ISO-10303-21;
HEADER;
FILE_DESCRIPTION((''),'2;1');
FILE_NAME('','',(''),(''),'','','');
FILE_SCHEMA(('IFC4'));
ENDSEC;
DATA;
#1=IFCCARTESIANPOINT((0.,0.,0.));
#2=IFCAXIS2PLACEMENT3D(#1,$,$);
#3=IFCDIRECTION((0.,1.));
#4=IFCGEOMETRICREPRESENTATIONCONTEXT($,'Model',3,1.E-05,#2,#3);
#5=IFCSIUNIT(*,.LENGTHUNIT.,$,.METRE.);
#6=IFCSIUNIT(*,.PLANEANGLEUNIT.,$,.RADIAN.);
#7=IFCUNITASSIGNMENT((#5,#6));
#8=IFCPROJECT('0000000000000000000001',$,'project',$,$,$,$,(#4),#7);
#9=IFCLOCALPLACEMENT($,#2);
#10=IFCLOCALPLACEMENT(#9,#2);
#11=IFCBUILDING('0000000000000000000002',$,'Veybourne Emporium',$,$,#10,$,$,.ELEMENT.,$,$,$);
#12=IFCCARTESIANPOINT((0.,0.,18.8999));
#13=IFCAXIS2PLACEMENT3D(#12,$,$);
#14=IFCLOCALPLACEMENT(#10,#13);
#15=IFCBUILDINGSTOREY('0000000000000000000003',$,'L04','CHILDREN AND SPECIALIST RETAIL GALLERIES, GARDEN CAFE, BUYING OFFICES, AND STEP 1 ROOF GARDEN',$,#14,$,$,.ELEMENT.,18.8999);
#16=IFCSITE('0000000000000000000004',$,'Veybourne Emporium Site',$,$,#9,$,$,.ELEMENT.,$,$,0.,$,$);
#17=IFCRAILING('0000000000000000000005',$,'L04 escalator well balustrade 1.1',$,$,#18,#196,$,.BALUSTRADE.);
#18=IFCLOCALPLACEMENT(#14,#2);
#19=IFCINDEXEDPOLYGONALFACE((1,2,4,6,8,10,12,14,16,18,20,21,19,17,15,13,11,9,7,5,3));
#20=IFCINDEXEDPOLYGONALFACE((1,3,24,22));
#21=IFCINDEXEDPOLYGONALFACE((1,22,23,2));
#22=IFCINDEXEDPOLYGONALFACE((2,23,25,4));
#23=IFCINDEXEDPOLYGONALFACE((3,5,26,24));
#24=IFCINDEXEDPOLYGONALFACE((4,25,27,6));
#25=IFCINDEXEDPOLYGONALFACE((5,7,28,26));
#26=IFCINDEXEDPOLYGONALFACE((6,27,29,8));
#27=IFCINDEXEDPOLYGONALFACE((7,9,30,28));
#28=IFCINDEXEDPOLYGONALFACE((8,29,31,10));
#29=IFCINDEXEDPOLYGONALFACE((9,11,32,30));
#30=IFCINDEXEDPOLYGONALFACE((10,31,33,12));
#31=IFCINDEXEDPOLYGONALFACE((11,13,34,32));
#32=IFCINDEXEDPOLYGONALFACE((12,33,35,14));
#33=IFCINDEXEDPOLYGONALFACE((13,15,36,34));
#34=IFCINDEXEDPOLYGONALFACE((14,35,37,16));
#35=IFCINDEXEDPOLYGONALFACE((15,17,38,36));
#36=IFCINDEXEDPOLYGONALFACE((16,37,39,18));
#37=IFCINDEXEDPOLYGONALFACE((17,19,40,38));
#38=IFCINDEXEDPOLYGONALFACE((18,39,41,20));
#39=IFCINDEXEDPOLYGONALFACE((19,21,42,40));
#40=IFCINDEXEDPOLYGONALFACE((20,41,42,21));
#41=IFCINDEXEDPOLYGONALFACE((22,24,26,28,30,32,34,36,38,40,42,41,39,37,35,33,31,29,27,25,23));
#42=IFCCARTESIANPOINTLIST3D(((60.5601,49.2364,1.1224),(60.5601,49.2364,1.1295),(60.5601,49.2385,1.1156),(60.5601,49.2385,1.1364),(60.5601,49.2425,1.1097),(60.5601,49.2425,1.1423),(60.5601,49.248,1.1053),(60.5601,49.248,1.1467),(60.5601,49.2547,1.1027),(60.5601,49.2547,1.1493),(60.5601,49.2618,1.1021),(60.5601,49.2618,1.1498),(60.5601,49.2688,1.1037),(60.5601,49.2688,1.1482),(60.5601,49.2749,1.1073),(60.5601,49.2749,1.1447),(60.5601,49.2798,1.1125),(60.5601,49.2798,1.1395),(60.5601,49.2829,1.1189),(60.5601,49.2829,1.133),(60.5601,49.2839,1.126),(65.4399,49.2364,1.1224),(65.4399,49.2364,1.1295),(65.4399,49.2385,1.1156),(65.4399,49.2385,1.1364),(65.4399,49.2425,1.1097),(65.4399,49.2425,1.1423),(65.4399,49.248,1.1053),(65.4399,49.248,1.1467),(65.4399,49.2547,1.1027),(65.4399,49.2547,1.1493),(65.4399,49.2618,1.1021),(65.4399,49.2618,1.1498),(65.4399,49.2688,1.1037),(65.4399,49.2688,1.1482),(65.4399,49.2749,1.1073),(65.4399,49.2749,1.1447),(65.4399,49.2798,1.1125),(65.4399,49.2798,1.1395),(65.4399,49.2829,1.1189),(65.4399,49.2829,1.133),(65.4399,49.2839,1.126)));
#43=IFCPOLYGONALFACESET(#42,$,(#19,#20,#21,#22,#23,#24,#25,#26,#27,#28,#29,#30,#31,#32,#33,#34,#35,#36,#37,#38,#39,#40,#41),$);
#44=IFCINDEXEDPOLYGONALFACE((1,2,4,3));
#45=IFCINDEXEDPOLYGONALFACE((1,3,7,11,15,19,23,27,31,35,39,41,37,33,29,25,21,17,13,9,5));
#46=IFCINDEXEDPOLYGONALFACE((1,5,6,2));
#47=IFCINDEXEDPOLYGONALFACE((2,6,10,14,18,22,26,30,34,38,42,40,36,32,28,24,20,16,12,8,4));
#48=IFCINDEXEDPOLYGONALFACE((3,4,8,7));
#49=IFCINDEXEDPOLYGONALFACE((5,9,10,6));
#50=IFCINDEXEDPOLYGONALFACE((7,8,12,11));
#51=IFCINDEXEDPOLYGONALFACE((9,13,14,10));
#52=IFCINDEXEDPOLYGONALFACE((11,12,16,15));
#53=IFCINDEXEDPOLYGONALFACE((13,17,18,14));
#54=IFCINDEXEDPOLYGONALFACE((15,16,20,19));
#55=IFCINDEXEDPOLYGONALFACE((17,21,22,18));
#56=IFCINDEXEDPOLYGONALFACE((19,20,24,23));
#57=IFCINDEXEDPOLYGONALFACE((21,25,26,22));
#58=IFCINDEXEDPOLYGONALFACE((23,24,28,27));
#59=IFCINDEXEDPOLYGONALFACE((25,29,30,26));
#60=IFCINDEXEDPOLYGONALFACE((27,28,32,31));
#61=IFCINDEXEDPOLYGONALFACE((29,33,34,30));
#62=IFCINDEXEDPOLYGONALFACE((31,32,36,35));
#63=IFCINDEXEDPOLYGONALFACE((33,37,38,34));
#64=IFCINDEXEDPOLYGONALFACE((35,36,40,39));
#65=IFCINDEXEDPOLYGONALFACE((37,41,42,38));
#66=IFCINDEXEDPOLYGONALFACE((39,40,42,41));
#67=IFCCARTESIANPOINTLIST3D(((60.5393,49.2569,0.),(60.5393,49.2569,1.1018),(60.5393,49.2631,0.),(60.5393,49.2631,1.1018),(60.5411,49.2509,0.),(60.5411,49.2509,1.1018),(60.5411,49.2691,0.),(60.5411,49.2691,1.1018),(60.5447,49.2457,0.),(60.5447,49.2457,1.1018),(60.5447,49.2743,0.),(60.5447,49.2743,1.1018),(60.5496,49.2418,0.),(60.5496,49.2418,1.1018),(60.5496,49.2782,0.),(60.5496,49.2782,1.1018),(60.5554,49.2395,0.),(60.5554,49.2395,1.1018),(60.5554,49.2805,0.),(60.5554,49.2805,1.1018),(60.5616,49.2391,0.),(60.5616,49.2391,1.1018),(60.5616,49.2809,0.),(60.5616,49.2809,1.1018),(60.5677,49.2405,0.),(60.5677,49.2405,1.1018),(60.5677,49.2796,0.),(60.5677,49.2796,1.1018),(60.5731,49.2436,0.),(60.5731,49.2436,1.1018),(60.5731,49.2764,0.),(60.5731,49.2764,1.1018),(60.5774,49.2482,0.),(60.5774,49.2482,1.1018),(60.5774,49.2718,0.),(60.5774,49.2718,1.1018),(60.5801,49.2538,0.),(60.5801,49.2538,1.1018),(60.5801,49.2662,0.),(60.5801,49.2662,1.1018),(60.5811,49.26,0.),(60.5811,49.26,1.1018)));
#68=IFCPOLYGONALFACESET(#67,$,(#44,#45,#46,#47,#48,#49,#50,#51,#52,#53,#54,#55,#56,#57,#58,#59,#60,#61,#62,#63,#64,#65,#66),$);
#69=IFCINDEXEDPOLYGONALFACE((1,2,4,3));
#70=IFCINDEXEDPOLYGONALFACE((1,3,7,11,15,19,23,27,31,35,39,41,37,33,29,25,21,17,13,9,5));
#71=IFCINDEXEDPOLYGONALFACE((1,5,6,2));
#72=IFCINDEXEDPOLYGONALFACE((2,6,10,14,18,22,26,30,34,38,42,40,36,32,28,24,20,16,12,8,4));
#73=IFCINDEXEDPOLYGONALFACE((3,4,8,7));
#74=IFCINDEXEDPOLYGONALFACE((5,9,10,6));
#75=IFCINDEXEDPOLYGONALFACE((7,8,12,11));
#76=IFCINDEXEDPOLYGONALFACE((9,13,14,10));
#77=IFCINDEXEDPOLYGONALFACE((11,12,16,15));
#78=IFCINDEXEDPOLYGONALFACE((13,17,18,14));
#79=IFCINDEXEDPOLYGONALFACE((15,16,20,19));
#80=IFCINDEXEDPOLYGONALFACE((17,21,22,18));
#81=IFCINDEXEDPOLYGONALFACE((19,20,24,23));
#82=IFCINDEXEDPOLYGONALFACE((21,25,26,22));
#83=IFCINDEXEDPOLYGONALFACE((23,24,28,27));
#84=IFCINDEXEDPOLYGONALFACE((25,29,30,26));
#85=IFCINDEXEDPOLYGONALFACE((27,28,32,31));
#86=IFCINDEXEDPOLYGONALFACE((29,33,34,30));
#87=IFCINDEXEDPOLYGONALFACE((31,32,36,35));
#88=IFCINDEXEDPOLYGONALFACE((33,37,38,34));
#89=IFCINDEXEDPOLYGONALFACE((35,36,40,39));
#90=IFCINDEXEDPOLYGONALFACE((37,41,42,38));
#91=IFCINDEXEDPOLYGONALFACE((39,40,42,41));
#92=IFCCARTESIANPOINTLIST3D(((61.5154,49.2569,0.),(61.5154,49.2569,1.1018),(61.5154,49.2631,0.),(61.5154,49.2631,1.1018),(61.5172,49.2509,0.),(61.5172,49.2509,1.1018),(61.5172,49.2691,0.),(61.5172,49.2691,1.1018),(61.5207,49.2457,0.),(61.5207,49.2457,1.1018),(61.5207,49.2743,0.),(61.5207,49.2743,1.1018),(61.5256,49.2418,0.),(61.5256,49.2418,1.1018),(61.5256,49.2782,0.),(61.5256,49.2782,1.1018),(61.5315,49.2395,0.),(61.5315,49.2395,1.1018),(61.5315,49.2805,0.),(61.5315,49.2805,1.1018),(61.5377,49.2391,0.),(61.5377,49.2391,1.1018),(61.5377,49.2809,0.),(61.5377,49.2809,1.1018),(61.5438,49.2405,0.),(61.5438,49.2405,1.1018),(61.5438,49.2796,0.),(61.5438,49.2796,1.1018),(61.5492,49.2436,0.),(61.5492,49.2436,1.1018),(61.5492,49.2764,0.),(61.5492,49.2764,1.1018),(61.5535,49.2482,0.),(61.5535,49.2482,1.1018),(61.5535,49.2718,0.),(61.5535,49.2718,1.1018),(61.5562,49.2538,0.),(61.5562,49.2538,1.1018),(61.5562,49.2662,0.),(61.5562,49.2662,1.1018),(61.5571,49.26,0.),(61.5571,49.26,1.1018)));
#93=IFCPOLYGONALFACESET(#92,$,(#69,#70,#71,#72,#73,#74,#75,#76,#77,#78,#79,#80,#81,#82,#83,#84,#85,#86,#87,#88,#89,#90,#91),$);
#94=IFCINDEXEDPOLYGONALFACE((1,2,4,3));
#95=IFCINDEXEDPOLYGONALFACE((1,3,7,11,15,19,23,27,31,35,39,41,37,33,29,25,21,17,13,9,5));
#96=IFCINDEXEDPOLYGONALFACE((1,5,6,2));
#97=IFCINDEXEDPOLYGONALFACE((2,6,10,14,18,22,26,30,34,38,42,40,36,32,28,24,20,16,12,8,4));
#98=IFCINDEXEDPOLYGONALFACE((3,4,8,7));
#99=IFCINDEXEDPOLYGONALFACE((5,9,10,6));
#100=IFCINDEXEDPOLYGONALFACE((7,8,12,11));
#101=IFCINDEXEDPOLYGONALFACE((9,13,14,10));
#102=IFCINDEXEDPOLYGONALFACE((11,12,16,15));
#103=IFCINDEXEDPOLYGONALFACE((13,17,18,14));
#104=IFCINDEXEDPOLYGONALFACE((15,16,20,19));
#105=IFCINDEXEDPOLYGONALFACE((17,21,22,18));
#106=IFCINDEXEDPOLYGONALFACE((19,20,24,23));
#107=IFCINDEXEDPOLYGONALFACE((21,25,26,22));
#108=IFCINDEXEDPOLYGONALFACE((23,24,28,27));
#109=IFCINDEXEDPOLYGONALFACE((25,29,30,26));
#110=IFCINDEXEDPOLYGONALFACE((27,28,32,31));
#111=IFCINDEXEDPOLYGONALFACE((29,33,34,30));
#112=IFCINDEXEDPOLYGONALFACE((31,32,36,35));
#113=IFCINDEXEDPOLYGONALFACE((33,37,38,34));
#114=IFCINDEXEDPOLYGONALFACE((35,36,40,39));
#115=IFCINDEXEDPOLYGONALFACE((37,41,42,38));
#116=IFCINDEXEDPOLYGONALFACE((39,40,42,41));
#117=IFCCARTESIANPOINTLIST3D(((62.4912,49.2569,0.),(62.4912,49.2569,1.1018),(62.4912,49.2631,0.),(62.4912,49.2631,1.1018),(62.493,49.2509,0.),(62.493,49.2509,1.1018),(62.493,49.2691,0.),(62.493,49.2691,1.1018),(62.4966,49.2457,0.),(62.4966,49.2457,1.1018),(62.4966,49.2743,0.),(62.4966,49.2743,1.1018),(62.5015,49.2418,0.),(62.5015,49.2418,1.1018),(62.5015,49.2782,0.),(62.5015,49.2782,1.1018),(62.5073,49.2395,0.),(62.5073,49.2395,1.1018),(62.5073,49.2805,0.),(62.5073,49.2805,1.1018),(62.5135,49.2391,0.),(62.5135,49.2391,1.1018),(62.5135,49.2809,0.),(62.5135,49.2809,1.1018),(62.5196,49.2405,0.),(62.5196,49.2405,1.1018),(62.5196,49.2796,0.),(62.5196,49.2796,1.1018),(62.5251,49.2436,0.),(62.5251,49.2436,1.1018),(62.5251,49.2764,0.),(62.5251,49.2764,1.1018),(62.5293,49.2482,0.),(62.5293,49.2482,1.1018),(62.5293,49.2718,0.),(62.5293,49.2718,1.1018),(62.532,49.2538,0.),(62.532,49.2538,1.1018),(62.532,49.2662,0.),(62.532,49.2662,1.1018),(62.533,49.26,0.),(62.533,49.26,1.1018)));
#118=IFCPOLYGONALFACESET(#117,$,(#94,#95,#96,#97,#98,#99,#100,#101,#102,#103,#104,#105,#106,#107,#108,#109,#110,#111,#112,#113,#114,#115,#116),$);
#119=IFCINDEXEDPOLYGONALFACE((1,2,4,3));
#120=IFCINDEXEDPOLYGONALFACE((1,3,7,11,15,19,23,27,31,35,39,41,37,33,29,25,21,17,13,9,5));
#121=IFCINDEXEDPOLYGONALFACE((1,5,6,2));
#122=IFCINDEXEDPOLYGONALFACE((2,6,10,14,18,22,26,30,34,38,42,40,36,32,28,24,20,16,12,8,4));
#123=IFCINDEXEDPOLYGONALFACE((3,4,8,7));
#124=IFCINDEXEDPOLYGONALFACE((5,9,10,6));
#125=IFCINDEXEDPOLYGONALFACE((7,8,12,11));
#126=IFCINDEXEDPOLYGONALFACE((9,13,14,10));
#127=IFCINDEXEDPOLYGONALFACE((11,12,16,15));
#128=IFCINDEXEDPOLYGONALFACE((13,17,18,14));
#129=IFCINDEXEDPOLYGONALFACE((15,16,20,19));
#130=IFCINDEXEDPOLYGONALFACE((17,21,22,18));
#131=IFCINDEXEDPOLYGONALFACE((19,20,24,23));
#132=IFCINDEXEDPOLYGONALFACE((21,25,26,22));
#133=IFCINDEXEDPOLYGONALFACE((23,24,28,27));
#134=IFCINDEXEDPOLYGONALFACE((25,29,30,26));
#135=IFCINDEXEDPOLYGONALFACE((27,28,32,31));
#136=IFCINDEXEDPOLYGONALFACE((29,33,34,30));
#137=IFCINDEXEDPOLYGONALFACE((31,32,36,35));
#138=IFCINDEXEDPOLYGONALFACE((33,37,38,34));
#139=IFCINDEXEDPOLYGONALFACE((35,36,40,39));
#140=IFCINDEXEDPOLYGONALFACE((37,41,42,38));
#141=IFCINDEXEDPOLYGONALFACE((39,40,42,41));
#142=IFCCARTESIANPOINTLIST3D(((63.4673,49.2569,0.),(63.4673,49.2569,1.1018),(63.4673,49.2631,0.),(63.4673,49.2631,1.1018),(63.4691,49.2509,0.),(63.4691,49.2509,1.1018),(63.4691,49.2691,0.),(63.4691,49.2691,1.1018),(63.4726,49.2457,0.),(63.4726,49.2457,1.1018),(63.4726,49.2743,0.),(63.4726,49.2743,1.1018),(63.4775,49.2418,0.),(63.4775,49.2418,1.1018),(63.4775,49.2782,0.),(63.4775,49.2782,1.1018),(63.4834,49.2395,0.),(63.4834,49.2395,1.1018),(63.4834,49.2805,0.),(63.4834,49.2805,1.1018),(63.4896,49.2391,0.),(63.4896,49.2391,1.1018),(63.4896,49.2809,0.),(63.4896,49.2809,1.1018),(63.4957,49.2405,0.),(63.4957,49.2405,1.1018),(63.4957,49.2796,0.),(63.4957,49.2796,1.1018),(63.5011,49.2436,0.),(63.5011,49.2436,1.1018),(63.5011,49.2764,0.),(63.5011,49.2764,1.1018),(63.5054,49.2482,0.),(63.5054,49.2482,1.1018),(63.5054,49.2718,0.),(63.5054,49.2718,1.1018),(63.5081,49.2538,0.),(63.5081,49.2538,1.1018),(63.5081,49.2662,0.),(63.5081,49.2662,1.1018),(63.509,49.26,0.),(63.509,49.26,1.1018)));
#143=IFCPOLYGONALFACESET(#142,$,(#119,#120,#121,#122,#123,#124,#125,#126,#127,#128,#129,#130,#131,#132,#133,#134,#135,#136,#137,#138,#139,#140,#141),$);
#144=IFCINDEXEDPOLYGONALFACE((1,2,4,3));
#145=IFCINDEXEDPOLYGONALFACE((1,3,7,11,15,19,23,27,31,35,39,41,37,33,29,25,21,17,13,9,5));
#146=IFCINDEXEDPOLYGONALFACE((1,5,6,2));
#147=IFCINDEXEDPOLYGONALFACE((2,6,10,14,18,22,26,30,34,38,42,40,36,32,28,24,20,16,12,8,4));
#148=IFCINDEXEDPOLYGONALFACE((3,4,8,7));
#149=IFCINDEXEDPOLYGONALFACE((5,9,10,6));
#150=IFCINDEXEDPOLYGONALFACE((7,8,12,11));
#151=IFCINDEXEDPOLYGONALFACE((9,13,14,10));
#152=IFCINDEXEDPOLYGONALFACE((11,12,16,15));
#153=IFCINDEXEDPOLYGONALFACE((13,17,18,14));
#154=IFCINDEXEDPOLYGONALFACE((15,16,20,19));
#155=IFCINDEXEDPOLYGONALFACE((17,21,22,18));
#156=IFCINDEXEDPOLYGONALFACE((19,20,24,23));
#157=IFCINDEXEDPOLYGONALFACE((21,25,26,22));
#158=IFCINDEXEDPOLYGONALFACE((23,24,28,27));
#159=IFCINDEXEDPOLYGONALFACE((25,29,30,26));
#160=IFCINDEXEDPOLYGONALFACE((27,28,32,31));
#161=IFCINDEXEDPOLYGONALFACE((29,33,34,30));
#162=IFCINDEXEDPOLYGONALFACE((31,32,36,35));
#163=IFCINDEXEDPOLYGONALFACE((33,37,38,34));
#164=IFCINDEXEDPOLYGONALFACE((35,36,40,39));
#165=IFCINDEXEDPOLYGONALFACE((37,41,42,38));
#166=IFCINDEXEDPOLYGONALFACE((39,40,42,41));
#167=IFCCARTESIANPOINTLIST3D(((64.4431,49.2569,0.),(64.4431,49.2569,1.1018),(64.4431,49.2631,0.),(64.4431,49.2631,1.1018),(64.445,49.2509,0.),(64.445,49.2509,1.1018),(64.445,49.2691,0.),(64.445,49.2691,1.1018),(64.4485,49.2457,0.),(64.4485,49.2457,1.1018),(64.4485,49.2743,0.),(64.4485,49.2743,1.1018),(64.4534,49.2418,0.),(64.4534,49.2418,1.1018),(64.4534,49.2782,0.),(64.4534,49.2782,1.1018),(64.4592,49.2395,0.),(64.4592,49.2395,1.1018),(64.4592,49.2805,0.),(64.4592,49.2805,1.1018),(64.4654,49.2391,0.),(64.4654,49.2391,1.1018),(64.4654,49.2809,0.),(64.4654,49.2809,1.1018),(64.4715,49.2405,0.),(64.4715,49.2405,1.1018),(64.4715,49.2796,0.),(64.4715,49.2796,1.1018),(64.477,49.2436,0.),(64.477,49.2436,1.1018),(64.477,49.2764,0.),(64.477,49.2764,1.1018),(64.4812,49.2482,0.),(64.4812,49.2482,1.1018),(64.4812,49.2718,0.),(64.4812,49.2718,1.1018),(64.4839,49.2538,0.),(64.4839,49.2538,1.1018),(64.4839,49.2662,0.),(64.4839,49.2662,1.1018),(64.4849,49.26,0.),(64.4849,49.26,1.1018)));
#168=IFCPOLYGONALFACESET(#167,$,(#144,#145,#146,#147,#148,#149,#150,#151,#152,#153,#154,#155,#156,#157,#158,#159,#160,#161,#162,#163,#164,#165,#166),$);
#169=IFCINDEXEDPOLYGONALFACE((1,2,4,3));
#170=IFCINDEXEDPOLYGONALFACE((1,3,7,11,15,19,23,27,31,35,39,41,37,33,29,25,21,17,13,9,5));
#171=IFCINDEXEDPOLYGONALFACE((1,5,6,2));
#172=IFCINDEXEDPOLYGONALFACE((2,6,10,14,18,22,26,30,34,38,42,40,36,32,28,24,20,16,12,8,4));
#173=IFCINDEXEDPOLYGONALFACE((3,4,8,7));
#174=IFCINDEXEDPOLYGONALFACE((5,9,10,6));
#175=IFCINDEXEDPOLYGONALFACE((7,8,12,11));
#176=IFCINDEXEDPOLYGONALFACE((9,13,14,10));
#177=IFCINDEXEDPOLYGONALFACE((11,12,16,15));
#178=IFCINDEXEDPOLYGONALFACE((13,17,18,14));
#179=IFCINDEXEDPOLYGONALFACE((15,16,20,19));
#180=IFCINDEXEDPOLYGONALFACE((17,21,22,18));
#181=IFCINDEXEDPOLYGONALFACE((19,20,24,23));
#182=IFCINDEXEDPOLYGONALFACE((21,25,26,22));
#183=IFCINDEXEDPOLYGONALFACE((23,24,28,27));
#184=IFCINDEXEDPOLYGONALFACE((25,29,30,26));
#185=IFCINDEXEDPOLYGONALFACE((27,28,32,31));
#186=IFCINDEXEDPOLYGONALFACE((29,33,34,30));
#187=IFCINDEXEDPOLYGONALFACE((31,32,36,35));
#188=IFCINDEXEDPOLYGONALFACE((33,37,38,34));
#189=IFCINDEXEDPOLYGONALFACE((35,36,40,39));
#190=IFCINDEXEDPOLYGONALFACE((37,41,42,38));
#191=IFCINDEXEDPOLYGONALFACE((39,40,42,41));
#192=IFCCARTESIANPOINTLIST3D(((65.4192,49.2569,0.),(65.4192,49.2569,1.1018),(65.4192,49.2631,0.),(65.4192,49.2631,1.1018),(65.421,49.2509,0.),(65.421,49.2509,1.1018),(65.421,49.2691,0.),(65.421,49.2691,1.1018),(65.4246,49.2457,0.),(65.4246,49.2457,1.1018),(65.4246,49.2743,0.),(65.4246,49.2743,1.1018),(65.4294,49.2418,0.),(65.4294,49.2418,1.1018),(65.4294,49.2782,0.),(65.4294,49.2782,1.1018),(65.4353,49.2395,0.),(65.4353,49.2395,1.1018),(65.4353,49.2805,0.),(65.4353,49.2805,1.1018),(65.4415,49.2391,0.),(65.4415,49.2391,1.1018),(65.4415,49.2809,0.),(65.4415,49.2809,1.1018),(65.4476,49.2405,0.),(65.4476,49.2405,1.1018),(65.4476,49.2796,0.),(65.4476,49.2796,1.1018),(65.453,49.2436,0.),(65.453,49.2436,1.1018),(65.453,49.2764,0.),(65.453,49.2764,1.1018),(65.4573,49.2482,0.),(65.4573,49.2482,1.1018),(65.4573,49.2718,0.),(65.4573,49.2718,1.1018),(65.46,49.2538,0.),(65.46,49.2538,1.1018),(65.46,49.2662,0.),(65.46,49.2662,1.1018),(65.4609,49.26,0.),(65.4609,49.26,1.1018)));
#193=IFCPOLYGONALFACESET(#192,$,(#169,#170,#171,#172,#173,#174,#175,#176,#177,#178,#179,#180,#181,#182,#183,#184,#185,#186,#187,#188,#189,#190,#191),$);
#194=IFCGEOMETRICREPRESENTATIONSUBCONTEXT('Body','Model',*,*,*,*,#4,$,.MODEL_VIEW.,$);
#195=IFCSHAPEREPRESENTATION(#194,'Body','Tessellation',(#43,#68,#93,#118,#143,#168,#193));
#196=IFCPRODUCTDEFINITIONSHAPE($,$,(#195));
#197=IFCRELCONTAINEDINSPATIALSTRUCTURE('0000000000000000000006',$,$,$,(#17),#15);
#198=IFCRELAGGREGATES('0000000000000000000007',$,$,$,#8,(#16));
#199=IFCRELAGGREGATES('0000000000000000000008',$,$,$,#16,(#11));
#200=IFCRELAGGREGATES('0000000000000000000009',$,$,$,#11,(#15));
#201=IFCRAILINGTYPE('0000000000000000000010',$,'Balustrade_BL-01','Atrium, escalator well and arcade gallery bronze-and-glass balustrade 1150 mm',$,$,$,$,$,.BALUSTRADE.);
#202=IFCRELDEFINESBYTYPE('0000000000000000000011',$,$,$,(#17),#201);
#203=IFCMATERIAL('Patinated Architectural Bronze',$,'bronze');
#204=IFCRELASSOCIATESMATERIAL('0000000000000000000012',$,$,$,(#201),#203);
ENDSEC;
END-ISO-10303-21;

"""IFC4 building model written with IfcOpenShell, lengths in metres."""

from ifc_helpers import new_model, si_unit, direction, frame, origin, origin_2d, place, context, subcontext, project, spatial, circle, extrude, material, type_object, element, save


model = new_model("IFC4")

# Units and contexts
model_context = context("Model", 3, precision=1e-05, world=origin(), true_north=direction((0.0, 1.0)))
body_context = subcontext(model_context, "Body", "Model", "MODEL_VIEW")
ifc_project = project(units=[si_unit("LENGTHUNIT", "METRE"), si_unit("PLANEANGLEUNIT", "RADIAN")], contexts=[model_context])

# Site, building, storey
site_placement = place(None, origin())
site = spatial("IfcSite", under=ifc_project, at=site_placement, Name="Veybourne Emporium Site", CompositionType="ELEMENT", RefElevation=0.0)
building_placement = place(site_placement, origin())
building = spatial("IfcBuilding", under=site, at=building_placement, Name="Veybourne Emporium", CompositionType="ELEMENT")
storey_placement = place(building_placement, frame((0.0, 0.0, 18.8999)))
storey = spatial("IfcBuildingStorey", under=building, at=storey_placement, Name="L04", Description="CHILDREN AND SPECIALIST RETAIL GALLERIES, GARDEN CAFE, BUYING OFFICES, AND STEP 1 ROOF GARDEN", CompositionType="ELEMENT", Elevation=18.8999)

# Shared definitions
ifc_material_1 = material(Name="Patinated Architectural Bronze", Category="bronze")

# Railing
railing_type = type_object("IfcRailingType", Name="Balustrade_BL-01", Description="Atrium, escalator well and arcade gallery bronze-and-glass balustrade 1150 mm", PredefinedType="BALUSTRADE", material=ifc_material_1)
railing_1_placement = place(storey_placement, frame((60.5601, 49.26, 0.0)))
element("IfcRailing", 1, at=railing_1_placement, inside=storey, type_object=railing_type, Name="L04 escalator well balustrade 1.1", PredefinedType="BALUSTRADE", context=body_context, shape_type="SweptSolid", body=[
    extrude(circle(Radius=0.0239, at=origin_2d()), frame((0.0, 0.0, 1.126), z_axis=(1.0, 0.0, 0.0), x_axis=(0.0, 1.0, 0.0)), (0.0, 0.0, 1.0), 4.8799),
    extrude(circle(Radius=0.021, at=origin_2d()), origin(), (0.0, 0.0, 1.0), 1.1018),
    extrude(circle(Radius=0.021, at=origin_2d()), frame((0.9761, 0.0, 0.0)), (0.0, 0.0, 1.0), 1.1018),
    extrude(circle(Radius=0.021, at=origin_2d()), frame((1.9519, 0.0, 0.0)), (0.0, 0.0, 1.0), 1.1018),
    extrude(circle(Radius=0.021, at=origin_2d()), frame((2.928, 0.0, 0.0)), (0.0, 0.0, 1.0), 1.1018),
    extrude(circle(Radius=0.021, at=origin_2d()), frame((3.9038, 0.0, 0.0)), (0.0, 0.0, 1.0), 1.1018),
    extrude(circle(Radius=0.021, at=origin_2d()), frame((4.8799, 0.0, 0.0)), (0.0, 0.0, 1.0), 1.1018),
])

save(model, "model.ifc")
